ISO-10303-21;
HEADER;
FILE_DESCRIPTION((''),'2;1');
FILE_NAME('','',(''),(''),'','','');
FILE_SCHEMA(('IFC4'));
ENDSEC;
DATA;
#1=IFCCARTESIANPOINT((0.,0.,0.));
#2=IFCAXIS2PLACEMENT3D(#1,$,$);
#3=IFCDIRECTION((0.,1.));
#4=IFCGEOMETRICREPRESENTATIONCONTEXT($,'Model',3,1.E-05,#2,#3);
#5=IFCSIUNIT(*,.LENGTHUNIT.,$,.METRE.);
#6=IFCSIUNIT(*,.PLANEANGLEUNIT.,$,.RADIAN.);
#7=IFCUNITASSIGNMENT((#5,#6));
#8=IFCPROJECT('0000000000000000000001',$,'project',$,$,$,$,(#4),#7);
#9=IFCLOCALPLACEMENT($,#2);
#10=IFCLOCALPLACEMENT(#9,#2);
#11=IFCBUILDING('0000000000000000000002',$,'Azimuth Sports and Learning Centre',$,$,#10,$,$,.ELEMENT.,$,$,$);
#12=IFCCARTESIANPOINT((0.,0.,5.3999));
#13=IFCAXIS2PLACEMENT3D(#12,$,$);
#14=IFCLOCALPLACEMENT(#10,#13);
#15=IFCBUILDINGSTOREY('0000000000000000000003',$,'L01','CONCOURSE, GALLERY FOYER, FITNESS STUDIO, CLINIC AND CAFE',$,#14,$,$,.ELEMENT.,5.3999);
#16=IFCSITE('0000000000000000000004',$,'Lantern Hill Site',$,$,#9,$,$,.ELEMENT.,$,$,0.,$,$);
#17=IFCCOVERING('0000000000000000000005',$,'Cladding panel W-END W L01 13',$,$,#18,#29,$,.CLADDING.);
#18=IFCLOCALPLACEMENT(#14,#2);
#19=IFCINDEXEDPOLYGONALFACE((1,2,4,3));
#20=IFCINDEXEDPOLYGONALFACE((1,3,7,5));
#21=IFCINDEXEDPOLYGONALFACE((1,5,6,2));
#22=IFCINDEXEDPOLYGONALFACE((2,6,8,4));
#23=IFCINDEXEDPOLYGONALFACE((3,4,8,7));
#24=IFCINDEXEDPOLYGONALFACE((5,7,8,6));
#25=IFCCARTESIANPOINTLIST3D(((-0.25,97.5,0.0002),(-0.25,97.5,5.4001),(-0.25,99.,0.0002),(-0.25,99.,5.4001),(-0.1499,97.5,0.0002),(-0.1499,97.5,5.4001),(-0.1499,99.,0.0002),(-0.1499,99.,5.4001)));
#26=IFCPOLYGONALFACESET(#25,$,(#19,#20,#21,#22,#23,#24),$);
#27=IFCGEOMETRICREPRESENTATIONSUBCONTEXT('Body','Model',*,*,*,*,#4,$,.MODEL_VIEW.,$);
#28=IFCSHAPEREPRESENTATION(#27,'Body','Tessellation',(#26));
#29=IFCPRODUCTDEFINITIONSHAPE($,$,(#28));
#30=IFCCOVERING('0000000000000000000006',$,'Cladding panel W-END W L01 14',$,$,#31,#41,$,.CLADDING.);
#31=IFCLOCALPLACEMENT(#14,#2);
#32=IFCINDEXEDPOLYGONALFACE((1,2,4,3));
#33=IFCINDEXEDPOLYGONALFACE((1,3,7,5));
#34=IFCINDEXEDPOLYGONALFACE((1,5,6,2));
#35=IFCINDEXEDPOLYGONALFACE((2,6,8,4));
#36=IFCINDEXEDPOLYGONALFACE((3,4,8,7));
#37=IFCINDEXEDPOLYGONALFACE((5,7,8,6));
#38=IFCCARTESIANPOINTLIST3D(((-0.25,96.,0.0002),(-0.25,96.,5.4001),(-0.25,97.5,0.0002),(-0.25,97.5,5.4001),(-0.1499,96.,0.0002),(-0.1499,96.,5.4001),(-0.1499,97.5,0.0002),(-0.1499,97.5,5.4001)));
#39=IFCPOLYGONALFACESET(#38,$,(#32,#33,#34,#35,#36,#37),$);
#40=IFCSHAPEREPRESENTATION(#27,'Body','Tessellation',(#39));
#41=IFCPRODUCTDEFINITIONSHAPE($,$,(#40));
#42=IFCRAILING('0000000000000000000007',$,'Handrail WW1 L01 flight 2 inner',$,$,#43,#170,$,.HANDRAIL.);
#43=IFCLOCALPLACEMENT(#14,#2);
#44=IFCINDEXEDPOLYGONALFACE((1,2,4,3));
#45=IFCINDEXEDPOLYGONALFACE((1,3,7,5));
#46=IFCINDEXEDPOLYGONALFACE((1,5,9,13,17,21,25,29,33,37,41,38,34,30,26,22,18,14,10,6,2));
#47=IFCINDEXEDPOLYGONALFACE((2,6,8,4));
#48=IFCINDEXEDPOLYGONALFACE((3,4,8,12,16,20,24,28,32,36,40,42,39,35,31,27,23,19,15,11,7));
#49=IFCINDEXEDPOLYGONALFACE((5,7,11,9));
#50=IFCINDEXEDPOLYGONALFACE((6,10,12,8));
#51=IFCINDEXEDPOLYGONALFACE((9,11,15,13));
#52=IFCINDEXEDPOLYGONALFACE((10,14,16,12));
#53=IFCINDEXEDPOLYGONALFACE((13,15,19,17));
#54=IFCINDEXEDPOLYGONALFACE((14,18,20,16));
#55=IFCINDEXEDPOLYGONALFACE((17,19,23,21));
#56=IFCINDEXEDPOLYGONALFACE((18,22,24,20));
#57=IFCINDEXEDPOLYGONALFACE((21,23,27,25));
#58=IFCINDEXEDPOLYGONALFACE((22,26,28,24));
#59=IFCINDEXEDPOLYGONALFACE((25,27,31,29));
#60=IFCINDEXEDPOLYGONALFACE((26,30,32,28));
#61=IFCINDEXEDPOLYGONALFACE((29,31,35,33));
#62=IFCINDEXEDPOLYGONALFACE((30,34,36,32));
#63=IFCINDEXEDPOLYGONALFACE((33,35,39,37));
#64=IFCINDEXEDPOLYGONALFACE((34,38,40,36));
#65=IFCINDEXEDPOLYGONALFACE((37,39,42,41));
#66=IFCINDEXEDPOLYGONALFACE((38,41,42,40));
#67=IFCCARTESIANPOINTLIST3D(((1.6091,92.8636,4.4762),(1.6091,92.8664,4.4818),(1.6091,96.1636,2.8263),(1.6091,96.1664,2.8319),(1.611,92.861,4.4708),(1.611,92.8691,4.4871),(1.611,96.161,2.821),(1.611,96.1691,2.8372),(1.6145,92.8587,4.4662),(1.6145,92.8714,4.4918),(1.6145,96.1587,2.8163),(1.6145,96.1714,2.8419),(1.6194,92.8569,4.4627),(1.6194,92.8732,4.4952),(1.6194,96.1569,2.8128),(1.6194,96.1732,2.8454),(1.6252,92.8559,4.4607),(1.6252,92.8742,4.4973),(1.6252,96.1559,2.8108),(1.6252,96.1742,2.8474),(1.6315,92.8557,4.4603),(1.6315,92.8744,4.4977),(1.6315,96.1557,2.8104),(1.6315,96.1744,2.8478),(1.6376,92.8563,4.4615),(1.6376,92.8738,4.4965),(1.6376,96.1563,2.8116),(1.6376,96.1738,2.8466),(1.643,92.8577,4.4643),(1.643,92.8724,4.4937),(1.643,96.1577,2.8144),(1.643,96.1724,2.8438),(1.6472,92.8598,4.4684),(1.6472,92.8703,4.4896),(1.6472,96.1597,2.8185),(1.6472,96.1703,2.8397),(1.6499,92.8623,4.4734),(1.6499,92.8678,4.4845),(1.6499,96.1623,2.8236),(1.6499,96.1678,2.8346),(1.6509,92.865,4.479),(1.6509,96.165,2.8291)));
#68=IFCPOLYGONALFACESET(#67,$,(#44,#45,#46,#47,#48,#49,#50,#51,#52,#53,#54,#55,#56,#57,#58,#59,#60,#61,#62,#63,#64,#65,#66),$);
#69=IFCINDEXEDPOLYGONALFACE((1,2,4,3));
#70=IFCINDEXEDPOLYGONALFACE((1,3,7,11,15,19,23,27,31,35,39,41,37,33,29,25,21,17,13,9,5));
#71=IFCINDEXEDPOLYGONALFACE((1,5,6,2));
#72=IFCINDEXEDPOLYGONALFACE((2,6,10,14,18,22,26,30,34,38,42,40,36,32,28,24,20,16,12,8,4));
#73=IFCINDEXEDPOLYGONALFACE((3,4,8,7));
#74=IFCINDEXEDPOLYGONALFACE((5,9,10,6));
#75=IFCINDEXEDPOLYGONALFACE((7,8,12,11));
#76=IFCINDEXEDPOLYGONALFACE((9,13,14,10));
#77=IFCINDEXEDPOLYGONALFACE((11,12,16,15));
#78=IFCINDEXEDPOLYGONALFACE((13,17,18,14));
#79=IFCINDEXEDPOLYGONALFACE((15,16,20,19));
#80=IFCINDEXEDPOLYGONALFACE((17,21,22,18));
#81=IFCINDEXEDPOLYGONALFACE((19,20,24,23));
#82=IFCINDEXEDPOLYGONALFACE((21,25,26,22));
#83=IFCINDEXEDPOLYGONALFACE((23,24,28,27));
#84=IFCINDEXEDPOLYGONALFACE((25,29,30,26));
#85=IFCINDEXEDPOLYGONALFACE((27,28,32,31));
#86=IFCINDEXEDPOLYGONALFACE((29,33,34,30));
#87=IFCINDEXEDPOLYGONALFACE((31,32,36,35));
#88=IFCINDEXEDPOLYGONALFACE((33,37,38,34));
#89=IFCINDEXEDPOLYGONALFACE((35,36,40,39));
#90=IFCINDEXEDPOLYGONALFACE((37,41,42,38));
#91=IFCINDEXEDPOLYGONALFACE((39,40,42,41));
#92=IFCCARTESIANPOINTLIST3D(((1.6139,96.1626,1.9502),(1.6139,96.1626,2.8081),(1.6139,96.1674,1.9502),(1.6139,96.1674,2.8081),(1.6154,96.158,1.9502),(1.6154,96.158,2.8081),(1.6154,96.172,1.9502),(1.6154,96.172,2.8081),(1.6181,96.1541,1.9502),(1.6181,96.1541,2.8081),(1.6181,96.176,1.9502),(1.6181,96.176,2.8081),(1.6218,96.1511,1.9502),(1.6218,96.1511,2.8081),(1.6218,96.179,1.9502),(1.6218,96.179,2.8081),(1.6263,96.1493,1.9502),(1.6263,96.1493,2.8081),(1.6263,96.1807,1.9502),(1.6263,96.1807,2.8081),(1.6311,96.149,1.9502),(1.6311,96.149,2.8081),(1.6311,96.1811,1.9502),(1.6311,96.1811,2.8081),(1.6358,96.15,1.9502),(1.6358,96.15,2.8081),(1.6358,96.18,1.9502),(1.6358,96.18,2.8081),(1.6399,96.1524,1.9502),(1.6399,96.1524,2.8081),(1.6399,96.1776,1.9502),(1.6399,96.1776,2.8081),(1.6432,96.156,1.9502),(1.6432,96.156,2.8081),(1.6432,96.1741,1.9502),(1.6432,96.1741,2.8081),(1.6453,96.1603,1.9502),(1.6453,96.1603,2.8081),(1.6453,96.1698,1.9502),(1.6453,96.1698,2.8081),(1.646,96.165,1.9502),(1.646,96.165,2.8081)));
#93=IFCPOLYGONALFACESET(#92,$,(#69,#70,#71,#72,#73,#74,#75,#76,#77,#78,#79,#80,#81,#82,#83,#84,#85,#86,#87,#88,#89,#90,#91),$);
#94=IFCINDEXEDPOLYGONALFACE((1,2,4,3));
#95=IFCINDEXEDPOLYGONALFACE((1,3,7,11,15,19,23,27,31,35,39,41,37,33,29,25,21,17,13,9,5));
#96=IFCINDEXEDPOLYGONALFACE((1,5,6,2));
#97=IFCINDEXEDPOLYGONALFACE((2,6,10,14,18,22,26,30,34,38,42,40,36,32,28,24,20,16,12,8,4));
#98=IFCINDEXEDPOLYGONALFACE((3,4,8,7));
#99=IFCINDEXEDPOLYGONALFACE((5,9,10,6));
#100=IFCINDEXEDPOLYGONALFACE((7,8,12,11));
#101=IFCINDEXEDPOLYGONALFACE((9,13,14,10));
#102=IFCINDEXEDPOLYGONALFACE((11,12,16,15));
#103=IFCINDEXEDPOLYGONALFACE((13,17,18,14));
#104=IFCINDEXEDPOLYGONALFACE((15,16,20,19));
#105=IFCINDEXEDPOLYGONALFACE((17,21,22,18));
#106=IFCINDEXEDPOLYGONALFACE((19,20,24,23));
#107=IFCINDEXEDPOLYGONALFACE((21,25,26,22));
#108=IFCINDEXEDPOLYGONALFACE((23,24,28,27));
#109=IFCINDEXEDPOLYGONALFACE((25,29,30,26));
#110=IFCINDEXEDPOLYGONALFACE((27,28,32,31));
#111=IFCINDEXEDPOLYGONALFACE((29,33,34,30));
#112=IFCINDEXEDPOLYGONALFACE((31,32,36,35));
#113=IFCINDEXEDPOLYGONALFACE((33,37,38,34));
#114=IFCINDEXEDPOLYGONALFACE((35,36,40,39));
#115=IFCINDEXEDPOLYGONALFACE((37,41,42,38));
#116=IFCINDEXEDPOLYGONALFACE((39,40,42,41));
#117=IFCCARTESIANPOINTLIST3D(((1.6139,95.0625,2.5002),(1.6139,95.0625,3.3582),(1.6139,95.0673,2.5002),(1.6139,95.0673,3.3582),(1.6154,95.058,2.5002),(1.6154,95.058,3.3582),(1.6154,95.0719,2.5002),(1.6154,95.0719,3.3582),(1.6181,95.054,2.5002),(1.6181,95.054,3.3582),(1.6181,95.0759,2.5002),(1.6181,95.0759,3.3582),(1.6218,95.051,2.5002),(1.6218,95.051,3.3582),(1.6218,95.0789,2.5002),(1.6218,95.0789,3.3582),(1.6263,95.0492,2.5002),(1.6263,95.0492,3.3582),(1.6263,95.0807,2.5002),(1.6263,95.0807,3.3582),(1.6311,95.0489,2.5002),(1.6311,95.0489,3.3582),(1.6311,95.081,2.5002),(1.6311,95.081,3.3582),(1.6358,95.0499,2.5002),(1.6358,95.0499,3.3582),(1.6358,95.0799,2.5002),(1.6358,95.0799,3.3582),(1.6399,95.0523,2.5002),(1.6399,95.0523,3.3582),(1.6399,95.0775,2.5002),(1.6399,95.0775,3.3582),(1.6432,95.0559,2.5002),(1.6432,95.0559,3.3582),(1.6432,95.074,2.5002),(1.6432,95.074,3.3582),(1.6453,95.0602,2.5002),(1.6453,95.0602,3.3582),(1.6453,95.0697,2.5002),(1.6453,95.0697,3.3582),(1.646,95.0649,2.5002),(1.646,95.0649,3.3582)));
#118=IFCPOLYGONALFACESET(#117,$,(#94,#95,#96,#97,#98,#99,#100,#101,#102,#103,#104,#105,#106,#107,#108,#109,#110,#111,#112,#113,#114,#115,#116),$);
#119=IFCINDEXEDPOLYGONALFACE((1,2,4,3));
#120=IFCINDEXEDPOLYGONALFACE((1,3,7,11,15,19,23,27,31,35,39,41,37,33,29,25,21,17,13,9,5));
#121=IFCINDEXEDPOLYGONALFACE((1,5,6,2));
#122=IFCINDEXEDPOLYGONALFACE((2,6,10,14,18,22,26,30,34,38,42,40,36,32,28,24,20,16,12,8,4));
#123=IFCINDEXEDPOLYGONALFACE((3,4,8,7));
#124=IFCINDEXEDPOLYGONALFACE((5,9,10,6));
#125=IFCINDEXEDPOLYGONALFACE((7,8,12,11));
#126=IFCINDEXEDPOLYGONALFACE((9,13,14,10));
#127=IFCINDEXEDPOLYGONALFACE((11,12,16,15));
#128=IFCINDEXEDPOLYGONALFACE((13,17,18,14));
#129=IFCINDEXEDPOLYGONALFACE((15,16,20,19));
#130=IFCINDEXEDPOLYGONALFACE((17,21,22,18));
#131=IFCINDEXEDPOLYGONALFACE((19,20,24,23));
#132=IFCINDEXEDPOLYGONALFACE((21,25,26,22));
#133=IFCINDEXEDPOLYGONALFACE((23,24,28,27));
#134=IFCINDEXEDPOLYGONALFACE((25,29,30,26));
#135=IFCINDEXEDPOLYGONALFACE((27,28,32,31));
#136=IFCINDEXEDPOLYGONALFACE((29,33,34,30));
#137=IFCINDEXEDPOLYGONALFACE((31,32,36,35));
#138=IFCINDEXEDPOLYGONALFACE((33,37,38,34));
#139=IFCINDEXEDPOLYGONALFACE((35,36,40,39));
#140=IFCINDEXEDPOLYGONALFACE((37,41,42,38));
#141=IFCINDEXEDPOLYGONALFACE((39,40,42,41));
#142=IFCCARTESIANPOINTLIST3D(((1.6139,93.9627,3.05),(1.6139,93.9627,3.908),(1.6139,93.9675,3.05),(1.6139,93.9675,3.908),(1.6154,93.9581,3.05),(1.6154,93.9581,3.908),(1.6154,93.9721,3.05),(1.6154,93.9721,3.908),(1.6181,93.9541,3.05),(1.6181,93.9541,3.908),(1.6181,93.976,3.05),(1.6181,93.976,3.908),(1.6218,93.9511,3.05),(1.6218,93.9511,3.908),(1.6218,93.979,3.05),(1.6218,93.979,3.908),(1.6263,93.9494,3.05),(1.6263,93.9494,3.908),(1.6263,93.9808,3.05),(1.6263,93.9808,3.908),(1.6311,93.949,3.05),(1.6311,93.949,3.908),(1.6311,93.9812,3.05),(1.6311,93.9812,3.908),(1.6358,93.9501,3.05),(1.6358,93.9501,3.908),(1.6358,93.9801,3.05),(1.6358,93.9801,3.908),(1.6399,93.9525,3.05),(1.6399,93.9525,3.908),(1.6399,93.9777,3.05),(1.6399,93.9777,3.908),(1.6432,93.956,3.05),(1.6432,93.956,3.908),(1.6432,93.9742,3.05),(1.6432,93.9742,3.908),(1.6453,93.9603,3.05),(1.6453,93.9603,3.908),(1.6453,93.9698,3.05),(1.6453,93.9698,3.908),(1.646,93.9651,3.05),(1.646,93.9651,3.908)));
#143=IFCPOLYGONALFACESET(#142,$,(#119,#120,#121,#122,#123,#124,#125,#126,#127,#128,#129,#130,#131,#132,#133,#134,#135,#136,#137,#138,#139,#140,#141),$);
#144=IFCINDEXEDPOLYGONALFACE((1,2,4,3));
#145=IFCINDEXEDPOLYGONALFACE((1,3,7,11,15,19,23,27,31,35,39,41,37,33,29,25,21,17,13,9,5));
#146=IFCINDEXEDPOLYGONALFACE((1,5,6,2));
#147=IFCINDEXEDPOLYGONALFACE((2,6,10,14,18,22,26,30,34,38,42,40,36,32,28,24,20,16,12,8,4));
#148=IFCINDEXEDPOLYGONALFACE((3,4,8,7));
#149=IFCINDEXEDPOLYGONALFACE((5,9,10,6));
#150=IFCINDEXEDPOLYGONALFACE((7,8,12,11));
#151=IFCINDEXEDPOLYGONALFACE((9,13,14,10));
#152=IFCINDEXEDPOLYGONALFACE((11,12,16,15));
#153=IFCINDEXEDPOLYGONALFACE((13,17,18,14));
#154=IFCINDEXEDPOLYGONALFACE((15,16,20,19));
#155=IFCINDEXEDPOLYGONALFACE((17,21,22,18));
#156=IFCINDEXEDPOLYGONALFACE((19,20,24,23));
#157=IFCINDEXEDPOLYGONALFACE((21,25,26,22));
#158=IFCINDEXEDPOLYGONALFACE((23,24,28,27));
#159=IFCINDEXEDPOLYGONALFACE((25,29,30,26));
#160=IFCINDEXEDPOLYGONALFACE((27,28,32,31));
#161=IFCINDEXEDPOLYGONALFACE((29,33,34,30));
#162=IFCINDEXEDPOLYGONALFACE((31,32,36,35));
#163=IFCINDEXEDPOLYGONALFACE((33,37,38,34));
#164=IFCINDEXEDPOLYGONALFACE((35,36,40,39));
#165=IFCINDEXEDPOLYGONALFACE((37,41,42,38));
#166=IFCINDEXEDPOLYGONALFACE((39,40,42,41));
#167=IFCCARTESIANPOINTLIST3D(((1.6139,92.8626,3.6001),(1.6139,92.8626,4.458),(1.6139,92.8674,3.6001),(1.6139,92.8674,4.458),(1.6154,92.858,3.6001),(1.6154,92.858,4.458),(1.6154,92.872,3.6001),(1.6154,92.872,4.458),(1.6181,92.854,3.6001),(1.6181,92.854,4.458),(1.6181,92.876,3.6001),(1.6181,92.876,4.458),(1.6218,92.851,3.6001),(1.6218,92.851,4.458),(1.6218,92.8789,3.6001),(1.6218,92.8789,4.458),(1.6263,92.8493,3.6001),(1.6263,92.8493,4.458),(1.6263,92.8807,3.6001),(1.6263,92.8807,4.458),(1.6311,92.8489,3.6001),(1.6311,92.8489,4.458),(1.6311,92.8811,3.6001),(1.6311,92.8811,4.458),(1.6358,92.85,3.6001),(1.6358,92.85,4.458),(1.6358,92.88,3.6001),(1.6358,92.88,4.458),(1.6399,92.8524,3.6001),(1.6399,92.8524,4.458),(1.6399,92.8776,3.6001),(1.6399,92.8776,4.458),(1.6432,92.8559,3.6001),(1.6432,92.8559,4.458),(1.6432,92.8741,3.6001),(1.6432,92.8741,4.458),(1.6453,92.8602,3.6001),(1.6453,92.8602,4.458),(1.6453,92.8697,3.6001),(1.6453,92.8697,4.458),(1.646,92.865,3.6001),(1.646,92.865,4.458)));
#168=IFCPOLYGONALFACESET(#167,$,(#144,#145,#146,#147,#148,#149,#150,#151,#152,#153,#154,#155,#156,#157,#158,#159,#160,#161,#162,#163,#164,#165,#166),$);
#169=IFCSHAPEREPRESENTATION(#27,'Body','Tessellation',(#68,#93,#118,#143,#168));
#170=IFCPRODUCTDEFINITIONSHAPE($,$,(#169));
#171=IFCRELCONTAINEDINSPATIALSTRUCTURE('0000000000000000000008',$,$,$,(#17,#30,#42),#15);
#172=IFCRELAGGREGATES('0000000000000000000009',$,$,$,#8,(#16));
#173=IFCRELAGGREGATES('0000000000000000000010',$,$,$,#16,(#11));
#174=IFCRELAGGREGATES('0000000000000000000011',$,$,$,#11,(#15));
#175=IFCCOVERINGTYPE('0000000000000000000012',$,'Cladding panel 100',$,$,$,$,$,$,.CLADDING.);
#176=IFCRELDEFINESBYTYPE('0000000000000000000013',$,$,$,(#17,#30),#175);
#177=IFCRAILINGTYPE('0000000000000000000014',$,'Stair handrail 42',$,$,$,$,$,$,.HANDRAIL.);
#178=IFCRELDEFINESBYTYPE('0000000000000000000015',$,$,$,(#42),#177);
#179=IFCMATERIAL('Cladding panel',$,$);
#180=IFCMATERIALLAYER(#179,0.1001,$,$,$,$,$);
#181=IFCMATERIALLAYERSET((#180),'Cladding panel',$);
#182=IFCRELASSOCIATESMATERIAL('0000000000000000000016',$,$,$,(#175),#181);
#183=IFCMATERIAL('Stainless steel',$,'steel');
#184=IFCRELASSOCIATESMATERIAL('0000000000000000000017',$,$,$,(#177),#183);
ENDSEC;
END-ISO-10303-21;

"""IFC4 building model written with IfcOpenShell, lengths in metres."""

from ifc_helpers import new_model, si_unit, direction, frame, origin, origin_2d, place, context, subcontext, project, spatial, rectangle, circle, extrude, material, layer, layer_set, type_object, element, save


model = new_model("IFC4")

# Units and contexts
model_context = context("Model", 3, precision=1e-05, world=origin(), true_north=direction((0.0, 1.0)))
body_context = subcontext(model_context, "Body", "Model", "MODEL_VIEW")
ifc_project = project(units=[si_unit("LENGTHUNIT", "METRE"), si_unit("PLANEANGLEUNIT", "RADIAN")], contexts=[model_context])

# Site, building, storey
site_placement = place(None, origin())
site = spatial("IfcSite", under=ifc_project, at=site_placement, Name="Lantern Hill Site", CompositionType="ELEMENT", RefElevation=0.0)
building_placement = place(site_placement, origin())
building = spatial("IfcBuilding", under=site, at=building_placement, Name="Azimuth Sports and Learning Centre", CompositionType="ELEMENT")
storey_placement = place(building_placement, frame((0.0, 0.0, 5.3999)))
storey = spatial("IfcBuildingStorey", under=building, at=storey_placement, Name="L01", Description="CONCOURSE, GALLERY FOYER, FITNESS STUDIO, CLINIC AND CAFE", CompositionType="ELEMENT", Elevation=5.3999)

# Coverings
ifc_material_1 = material(Name="Cladding panel")
ifc_layer_1 = layer(ifc_material_1, 0.1001)
ifc_layer_set_1 = layer_set([ifc_layer_1], Name="Cladding panel")
covering_type = type_object("IfcCoveringType", Name="Cladding panel 100", PredefinedType="CLADDING", material=ifc_layer_set_1)
for number, where, z_axis, x_axis, name in (
    (1, (-0.2, 98.25, 0.0002), (0.0, 0.0, 1.0), (0.0, -1.0, 0.0), "Cladding panel W-END W L01 13"),
    (2, (-0.2, 96.75, 0.0002), (0.0, 0.0, 1.0), (0.0, -1.0, 0.0), "Cladding panel W-END W L01 14"),
):
    element("IfcCovering", number, at=place(storey_placement, frame(where, z_axis=z_axis, x_axis=x_axis)), inside=storey, type_object=covering_type, Name=name, PredefinedType="CLADDING", context=body_context, shape_type="SweptSolid", body=[
        extrude(rectangle(XDim=1.5, YDim=0.1001, at=origin_2d()), origin(), (0.0, 0.0, 1.0), 5.3999),
    ])

# Railing
ifc_material_2 = material(Name="Stainless steel", Category="steel")
railing_type = type_object("IfcRailingType", Name="Stair handrail 42", PredefinedType="HANDRAIL", material=ifc_material_2)
for number, where, name in (
    (3, (1.6299, 96.165, 1.9502), "Handrail WW1 L01 flight 2 inner"),
):
    element("IfcRailing", number, at=place(storey_placement, frame(where)), inside=storey, type_object=railing_type, Name=name, PredefinedType="HANDRAIL", context=body_context, shape_type="SweptSolid", body=[
        extrude(circle(Radius=0.021, at=origin_2d()), frame((0.0, 0.0, 0.8789), z_axis=(0.0, -0.89444, 0.447187), x_axis=(1.0, 0.0, 0.0)), (0.0, 0.0, 1.0), 3.6895),
        extrude(circle(Radius=0.0161, at=origin_2d()), origin(), (0.0, 0.0, 1.0), 0.8579),
        extrude(circle(Radius=0.0161, at=origin_2d()), frame((0.0, -1.1001, 0.55)), (0.0, 0.0, 1.0), 0.8579),
        extrude(circle(Radius=0.0161, at=origin_2d()), frame((0.0, -2.2, 1.0999)), (0.0, 0.0, 1.0), 0.8579),
        extrude(circle(Radius=0.0161, at=origin_2d()), frame((0.0, -3.3, 1.6499)), (0.0, 0.0, 1.0), 0.8579),
    ])

save(model, "model.ifc")
